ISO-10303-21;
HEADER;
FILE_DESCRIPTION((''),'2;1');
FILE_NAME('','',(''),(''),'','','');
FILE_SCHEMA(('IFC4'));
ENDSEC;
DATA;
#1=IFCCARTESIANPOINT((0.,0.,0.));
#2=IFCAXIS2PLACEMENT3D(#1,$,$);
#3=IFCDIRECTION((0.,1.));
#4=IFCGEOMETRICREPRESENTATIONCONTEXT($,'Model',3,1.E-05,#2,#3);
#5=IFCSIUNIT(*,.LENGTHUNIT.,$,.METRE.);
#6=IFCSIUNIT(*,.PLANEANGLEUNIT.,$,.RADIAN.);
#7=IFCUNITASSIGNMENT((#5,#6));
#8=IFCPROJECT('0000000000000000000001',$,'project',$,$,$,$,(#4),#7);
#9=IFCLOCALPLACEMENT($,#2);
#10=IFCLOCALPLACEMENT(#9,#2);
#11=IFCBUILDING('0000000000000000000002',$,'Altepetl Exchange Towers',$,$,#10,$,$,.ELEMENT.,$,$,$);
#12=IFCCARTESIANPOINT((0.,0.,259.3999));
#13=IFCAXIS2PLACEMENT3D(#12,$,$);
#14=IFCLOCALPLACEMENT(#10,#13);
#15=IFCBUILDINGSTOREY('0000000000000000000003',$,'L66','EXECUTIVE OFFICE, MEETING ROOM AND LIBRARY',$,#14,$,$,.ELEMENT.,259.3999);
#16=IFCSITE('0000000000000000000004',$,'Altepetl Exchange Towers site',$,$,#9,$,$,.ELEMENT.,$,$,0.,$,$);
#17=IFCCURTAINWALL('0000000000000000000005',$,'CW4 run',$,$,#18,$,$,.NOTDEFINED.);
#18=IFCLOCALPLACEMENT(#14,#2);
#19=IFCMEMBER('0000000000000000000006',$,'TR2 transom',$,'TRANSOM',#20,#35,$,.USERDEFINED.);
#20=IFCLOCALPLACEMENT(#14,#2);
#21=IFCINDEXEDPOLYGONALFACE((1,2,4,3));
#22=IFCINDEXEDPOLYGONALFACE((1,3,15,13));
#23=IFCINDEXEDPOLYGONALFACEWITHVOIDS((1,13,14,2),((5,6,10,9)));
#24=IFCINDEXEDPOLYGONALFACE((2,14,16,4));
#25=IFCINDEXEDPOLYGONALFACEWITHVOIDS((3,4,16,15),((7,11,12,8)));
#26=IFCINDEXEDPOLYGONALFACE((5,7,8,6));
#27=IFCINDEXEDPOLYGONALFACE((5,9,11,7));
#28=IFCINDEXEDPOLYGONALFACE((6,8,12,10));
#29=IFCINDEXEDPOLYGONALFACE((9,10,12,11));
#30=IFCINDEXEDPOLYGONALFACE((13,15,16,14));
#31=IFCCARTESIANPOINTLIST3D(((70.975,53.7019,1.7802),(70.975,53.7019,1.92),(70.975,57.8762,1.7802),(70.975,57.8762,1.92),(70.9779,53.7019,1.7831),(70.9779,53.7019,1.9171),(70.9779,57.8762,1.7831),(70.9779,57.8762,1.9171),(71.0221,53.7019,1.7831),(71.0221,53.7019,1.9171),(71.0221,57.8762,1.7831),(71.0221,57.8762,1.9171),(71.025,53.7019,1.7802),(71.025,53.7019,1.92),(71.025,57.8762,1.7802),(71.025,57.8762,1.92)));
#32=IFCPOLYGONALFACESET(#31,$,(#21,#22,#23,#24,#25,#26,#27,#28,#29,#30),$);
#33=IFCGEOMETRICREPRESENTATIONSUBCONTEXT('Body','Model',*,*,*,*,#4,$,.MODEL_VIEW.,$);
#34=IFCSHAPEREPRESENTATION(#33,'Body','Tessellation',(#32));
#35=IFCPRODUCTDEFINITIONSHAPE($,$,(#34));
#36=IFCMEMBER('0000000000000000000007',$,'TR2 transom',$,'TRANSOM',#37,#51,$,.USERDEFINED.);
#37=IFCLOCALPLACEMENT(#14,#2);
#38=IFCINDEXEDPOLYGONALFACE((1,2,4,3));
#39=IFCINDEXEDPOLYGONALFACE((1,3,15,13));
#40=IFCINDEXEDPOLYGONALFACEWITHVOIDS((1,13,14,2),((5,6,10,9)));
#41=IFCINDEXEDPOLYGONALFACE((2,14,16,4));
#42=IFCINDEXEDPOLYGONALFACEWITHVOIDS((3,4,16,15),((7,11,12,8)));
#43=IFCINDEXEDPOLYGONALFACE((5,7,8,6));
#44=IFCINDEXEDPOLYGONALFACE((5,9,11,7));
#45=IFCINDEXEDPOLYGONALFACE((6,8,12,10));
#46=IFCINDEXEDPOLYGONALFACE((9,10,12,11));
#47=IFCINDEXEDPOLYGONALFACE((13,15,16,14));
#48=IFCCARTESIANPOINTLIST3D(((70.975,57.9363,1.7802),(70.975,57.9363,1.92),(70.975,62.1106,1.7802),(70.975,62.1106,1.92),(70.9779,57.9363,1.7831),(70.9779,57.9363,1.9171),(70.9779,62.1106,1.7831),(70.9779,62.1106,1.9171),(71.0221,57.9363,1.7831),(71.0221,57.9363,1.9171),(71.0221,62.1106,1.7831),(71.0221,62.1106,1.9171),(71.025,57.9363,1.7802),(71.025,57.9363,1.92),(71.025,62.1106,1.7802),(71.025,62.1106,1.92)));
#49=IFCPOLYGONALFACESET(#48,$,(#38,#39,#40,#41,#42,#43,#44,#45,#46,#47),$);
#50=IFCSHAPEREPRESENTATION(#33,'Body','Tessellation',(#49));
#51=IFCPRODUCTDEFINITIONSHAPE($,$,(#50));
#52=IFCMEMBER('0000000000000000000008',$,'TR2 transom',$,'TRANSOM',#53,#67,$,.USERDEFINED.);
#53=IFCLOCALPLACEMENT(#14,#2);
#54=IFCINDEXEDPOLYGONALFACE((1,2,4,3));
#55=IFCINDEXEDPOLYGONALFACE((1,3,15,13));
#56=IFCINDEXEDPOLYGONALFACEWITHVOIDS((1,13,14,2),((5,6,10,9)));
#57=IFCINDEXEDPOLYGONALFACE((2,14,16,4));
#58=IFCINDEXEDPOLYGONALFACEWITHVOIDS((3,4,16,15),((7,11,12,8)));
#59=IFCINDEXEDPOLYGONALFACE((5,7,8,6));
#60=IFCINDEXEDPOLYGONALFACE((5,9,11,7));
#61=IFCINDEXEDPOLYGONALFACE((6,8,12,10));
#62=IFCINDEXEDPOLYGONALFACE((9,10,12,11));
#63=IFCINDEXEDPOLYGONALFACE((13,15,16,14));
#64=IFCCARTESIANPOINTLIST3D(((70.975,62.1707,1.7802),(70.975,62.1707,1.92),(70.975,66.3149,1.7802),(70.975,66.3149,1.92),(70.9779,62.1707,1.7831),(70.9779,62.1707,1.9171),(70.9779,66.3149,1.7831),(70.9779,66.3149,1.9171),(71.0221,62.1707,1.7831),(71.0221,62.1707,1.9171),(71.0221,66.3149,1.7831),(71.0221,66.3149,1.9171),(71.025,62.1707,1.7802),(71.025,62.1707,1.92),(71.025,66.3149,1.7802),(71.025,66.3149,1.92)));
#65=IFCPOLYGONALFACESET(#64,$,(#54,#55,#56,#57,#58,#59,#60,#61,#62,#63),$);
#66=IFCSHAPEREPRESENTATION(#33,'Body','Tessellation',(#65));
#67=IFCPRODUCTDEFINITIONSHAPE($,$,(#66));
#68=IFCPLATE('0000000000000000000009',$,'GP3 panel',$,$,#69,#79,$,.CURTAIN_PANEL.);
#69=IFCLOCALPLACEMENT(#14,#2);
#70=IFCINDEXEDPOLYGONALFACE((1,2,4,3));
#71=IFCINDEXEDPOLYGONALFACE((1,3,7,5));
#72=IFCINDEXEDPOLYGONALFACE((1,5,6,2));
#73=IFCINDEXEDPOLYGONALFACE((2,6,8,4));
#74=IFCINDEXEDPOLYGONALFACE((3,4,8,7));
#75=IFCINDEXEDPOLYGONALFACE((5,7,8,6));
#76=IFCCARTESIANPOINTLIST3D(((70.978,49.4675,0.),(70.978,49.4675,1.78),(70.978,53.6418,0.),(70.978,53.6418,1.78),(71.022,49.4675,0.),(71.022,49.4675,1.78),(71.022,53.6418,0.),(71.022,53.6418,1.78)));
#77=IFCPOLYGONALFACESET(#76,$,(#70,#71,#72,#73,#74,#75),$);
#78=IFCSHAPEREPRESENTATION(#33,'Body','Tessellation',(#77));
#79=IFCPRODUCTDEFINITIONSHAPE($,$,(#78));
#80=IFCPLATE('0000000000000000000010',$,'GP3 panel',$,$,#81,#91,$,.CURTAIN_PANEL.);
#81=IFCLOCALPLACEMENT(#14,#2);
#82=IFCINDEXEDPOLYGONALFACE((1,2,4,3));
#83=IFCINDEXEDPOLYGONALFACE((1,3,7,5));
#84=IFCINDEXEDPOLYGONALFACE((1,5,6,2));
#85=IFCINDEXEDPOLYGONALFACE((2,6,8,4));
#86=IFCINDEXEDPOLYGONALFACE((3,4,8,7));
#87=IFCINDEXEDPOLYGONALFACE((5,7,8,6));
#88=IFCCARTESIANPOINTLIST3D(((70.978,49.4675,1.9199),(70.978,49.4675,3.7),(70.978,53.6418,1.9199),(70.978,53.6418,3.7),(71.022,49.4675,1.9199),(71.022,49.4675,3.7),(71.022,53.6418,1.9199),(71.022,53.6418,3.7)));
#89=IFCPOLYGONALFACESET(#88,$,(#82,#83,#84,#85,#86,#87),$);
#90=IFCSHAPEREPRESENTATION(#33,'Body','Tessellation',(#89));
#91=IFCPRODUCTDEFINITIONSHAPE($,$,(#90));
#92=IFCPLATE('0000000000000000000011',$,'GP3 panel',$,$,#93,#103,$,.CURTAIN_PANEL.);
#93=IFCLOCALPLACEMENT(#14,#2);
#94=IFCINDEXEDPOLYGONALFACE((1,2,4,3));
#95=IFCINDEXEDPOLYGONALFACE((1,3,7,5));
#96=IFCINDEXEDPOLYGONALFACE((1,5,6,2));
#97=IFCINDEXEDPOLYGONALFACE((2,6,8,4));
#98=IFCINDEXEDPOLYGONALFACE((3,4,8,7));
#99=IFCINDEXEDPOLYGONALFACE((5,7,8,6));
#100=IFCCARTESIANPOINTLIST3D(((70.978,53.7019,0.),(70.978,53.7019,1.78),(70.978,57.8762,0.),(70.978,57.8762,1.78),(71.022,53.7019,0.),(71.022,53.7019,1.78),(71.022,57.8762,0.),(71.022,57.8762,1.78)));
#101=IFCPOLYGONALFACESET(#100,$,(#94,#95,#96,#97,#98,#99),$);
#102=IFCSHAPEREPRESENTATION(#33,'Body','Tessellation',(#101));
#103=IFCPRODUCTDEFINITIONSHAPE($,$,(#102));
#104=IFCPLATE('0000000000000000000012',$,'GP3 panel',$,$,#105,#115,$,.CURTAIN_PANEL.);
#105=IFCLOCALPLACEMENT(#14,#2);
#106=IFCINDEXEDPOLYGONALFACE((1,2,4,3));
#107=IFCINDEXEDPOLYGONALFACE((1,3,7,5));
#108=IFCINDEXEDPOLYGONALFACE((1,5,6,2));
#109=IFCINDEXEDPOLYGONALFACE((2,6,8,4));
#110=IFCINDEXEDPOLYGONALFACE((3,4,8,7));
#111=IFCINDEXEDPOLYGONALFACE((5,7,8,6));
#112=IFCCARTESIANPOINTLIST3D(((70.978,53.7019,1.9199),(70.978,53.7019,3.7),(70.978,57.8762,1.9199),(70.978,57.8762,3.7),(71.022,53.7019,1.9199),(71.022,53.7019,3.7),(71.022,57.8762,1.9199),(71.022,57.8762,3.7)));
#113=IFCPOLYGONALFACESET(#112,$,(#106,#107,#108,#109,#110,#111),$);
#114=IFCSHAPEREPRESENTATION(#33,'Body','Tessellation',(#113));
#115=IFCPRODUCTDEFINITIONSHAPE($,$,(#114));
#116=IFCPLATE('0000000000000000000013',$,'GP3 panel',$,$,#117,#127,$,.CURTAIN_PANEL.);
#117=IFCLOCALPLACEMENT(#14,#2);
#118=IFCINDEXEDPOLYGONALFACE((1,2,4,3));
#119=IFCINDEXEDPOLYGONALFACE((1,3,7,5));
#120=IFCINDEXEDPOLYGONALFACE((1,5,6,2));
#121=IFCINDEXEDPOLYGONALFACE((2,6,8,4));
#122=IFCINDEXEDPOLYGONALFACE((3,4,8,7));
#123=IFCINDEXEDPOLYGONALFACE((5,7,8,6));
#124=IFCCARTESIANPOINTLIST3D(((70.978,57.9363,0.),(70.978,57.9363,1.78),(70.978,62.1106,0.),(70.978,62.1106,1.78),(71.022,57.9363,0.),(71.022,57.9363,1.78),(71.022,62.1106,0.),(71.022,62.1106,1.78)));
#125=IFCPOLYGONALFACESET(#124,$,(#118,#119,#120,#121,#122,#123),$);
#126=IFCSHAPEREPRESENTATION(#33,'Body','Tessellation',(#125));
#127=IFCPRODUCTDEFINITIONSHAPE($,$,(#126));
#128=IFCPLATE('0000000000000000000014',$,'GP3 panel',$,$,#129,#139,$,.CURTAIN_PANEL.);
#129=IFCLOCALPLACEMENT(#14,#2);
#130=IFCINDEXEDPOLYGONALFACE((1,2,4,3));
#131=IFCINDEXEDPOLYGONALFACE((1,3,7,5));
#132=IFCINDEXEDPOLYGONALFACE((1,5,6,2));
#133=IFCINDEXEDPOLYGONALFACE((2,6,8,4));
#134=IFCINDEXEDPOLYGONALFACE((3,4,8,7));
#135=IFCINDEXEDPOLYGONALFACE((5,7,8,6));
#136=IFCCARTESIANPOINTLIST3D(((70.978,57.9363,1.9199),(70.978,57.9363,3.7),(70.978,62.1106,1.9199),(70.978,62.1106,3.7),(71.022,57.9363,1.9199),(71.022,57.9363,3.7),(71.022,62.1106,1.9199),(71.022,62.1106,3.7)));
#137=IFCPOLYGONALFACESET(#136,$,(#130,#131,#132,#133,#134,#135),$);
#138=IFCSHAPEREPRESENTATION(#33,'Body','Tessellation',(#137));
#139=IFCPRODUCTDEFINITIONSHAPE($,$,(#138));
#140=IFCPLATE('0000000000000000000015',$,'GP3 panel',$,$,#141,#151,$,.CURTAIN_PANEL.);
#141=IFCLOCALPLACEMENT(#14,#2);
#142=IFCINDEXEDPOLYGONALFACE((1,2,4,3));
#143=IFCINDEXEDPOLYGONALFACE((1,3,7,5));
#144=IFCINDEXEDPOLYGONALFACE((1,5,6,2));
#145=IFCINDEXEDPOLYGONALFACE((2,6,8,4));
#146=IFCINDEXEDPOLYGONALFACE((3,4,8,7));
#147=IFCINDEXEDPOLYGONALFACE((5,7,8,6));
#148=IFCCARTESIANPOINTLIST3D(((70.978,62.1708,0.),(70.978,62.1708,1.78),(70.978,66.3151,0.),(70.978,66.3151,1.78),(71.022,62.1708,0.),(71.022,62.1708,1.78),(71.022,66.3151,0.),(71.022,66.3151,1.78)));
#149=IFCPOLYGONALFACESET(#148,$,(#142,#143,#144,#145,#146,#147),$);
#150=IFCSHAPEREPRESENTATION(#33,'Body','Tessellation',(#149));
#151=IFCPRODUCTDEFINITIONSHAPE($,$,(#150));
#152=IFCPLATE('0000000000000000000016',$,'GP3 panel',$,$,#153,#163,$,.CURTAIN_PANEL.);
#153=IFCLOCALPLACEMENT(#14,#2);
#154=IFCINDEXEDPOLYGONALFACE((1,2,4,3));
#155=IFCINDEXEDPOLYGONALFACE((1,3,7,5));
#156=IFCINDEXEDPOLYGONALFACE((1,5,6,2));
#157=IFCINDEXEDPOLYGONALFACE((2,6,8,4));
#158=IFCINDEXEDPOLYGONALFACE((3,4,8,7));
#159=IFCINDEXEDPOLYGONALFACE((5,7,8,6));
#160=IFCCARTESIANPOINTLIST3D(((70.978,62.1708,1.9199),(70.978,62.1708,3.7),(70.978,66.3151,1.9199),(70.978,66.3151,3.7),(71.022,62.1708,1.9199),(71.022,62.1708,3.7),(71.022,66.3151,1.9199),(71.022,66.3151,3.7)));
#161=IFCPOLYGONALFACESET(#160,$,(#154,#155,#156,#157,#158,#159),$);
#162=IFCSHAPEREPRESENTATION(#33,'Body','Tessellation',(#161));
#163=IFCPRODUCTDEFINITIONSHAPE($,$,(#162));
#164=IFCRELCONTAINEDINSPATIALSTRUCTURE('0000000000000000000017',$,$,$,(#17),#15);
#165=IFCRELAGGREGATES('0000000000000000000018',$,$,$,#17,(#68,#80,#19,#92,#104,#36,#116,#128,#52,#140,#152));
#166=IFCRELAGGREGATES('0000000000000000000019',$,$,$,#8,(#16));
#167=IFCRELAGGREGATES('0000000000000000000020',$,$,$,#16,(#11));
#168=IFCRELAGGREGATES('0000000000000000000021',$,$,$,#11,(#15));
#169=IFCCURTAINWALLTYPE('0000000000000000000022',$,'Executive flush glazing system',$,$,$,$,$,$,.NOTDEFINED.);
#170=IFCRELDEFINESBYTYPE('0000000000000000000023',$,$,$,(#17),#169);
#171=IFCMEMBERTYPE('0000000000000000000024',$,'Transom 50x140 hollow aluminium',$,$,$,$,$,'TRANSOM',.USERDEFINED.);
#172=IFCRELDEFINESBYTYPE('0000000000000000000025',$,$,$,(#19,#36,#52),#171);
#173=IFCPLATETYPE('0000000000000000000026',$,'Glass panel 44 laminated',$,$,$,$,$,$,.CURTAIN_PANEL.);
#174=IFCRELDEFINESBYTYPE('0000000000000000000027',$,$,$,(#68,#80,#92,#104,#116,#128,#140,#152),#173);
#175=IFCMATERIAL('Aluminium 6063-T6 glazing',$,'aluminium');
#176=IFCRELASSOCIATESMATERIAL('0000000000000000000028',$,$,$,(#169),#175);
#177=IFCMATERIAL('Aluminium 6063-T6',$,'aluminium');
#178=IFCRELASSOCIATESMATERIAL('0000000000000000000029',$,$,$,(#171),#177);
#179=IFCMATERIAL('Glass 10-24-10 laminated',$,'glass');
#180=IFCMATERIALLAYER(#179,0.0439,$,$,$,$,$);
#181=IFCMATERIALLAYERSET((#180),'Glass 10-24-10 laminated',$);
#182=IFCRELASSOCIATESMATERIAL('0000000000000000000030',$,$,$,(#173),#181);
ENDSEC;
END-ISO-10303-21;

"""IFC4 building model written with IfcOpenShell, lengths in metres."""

from ifc_helpers import new_model, si_unit, direction, frame, origin, origin_2d, place, context, subcontext, project, spatial, rectangle, hollow_rectangle, extrude, material, layer, layer_set, material_profile, profile_set, type_object, element, aggregate, save


model = new_model("IFC4")

# Units and contexts
model_context = context("Model", 3, precision=1e-05, world=origin(), true_north=direction((0.0, 1.0)))
body_context = subcontext(model_context, "Body", "Model", "MODEL_VIEW")
ifc_project = project(units=[si_unit("LENGTHUNIT", "METRE"), si_unit("PLANEANGLEUNIT", "RADIAN")], contexts=[model_context])

# Site, building, storey
site_placement = place(None, origin())
site = spatial("IfcSite", under=ifc_project, at=site_placement, Name="Altepetl Exchange Towers site", CompositionType="ELEMENT", RefElevation=0.0)
building_placement = place(site_placement, origin())
building = spatial("IfcBuilding", under=site, at=building_placement, Name="Altepetl Exchange Towers", CompositionType="ELEMENT")
storey_placement = place(building_placement, frame((0.0, 0.0, 259.3999)))
storey = spatial("IfcBuildingStorey", under=building, at=storey_placement, Name="L66", Description="EXECUTIVE OFFICE, MEETING ROOM AND LIBRARY", CompositionType="ELEMENT", Elevation=259.3999)

# Curtain wall
ifc_material_1 = material(Name="Aluminium 6063-T6 glazing", Category="aluminium")
curtain_wall_type = type_object("IfcCurtainWallType", Name="Executive flush glazing system", PredefinedType="NOTDEFINED", material=ifc_material_1)
curtain_wall_placement = place(storey_placement, origin())
curtain_wall = element("IfcCurtainWall", 1, at=curtain_wall_placement, inside=storey, type_object=curtain_wall_type, Name="CW4 run", PredefinedType="NOTDEFINED")
ifc_material_2 = material(Name="Aluminium 6063-T6", Category="aluminium")

# Members
ifc_material_profile_1 = material_profile(ifc_material_2, hollow_rectangle(XDim=0.05, YDim=0.1399, WallThickness=0.0029, at=origin_2d()), Name="Transom 50x140 hollow aluminium")
ifc_profile_set_1 = profile_set([ifc_material_profile_1], Name="Aluminium 6063-T6")
member_type_1 = type_object("IfcMemberType", Name="Transom 50x140 hollow aluminium", ElementType="TRANSOM", PredefinedType="USERDEFINED", material=ifc_profile_set_1)
member_1_placement = place(storey_placement, frame((71.0, 53.7019, 1.8501), z_axis=(0.0, 1.0, 0.0), x_axis=(-1.0, 0.0, 0.0)))
member_1 = element("IfcMember", 2, at=member_1_placement, type_object=member_type_1, Name="TR2 transom", ObjectType="TRANSOM", PredefinedType="USERDEFINED", context=body_context, shape_type="SweptSolid", body=[
    extrude(hollow_rectangle(XDim=0.05, YDim=0.1399, WallThickness=0.0029, at=origin_2d()), origin(), (0.0, 0.0, 1.0), 4.1743),
])
member_2_placement = place(storey_placement, frame((71.0, 57.9363, 1.8501), z_axis=(0.0, 1.0, 0.0), x_axis=(-1.0, 0.0, 0.0)))
member_2 = element("IfcMember", 3, at=member_2_placement, type_object=member_type_1, Name="TR2 transom", ObjectType="TRANSOM", PredefinedType="USERDEFINED", context=body_context, shape_type="SweptSolid", body=[
    extrude(hollow_rectangle(XDim=0.05, YDim=0.1399, WallThickness=0.0029, at=origin_2d()), origin(), (0.0, 0.0, 1.0), 4.1743),
])
member_3_placement = place(storey_placement, frame((71.0, 62.1707, 1.8501), z_axis=(0.0, 1.0, 0.0), x_axis=(-1.0, 0.0, 0.0)))
member_3 = element("IfcMember", 4, at=member_3_placement, type_object=member_type_1, Name="TR2 transom", ObjectType="TRANSOM", PredefinedType="USERDEFINED", context=body_context, shape_type="SweptSolid", body=[
    extrude(hollow_rectangle(XDim=0.05, YDim=0.1399, WallThickness=0.0029, at=origin_2d()), origin(), (0.0, 0.0, 1.0), 4.1443),
])

# Plates
ifc_material_3 = material(Name="Glass 10-24-10 laminated", Category="glass")
ifc_layer = layer(ifc_material_3, 0.0439)
ifc_layer_set = layer_set([ifc_layer], Name="Glass 10-24-10 laminated")
plate_type = type_object("IfcPlateType", Name="Glass panel 44 laminated", PredefinedType="CURTAIN_PANEL", material=ifc_layer_set)
plate_1_placement = place(storey_placement, frame((71.0, 51.5547, 0.0), z_axis=(0.0, 0.0, 1.0), x_axis=(0.0, 1.0, 0.0)))
plate_1 = element("IfcPlate", 5, at=plate_1_placement, type_object=plate_type, Name="GP3 panel", PredefinedType="CURTAIN_PANEL", context=body_context, shape_type="SweptSolid", body=[
    extrude(rectangle(XDim=4.1743, YDim=0.0439, at=origin_2d()), origin(), (0.0, 0.0, 1.0), 1.78),
])
plate_2_placement = place(storey_placement, frame((71.0, 51.5547, 1.9199), z_axis=(0.0, 0.0, 1.0), x_axis=(0.0, 1.0, 0.0)))
plate_2 = element("IfcPlate", 6, at=plate_2_placement, type_object=plate_type, Name="GP3 panel", PredefinedType="CURTAIN_PANEL", context=body_context, shape_type="SweptSolid", body=[
    extrude(rectangle(XDim=4.1743, YDim=0.0439, at=origin_2d()), origin(), (0.0, 0.0, 1.0), 1.78),
])
plate_3_placement = place(storey_placement, frame((71.0, 55.7891, 0.0), z_axis=(0.0, 0.0, 1.0), x_axis=(0.0, 1.0, 0.0)))
plate_3 = element("IfcPlate", 7, at=plate_3_placement, type_object=plate_type, Name="GP3 panel", PredefinedType="CURTAIN_PANEL", context=body_context, shape_type="SweptSolid", body=[
    extrude(rectangle(XDim=4.1743, YDim=0.0439, at=origin_2d()), origin(), (0.0, 0.0, 1.0), 1.78),
])
plate_4_placement = place(storey_placement, frame((71.0, 55.7891, 1.9199), z_axis=(0.0, 0.0, 1.0), x_axis=(0.0, 1.0, 0.0)))
plate_4 = element("IfcPlate", 8, at=plate_4_placement, type_object=plate_type, Name="GP3 panel", PredefinedType="CURTAIN_PANEL", context=body_context, shape_type="SweptSolid", body=[
    extrude(rectangle(XDim=4.1743, YDim=0.0439, at=origin_2d()), origin(), (0.0, 0.0, 1.0), 1.78),
])
plate_5_placement = place(storey_placement, frame((71.0, 60.0234, 0.0), z_axis=(0.0, 0.0, 1.0), x_axis=(0.0, 1.0, 0.0)))
plate_5 = element("IfcPlate", 9, at=plate_5_placement, type_object=plate_type, Name="GP3 panel", PredefinedType="CURTAIN_PANEL", context=body_context, shape_type="SweptSolid", body=[
    extrude(rectangle(XDim=4.1743, YDim=0.0439, at=origin_2d()), origin(), (0.0, 0.0, 1.0), 1.78),
])
plate_6_placement = place(storey_placement, frame((71.0, 60.0234, 1.9199), z_axis=(0.0, 0.0, 1.0), x_axis=(0.0, 1.0, 0.0)))
plate_6 = element("IfcPlate", 10, at=plate_6_placement, type_object=plate_type, Name="GP3 panel", PredefinedType="CURTAIN_PANEL", context=body_context, shape_type="SweptSolid", body=[
    extrude(rectangle(XDim=4.1743, YDim=0.0439, at=origin_2d()), origin(), (0.0, 0.0, 1.0), 1.78),
])
plate_7_placement = place(storey_placement, frame((71.0, 64.2429, 0.0), z_axis=(0.0, 0.0, 1.0), x_axis=(0.0, 1.0, 0.0)))
plate_7 = element("IfcPlate", 11, at=plate_7_placement, type_object=plate_type, Name="GP3 panel", PredefinedType="CURTAIN_PANEL", context=body_context, shape_type="SweptSolid", body=[
    extrude(rectangle(XDim=4.1443, YDim=0.0439, at=origin_2d()), origin(), (0.0, 0.0, 1.0), 1.78),
])
plate_8_placement = place(storey_placement, frame((71.0, 64.2429, 1.9199), z_axis=(0.0, 0.0, 1.0), x_axis=(0.0, 1.0, 0.0)))
plate_8 = element("IfcPlate", 12, at=plate_8_placement, type_object=plate_type, Name="GP3 panel", PredefinedType="CURTAIN_PANEL", context=body_context, shape_type="SweptSolid", body=[
    extrude(rectangle(XDim=4.1443, YDim=0.0439, at=origin_2d()), origin(), (0.0, 0.0, 1.0), 1.78),
])
aggregate(curtain_wall, [plate_1, plate_2, member_1, plate_3, plate_4, member_2, plate_5, plate_6, member_3, plate_7, plate_8])

save(model, "model.ifc")
